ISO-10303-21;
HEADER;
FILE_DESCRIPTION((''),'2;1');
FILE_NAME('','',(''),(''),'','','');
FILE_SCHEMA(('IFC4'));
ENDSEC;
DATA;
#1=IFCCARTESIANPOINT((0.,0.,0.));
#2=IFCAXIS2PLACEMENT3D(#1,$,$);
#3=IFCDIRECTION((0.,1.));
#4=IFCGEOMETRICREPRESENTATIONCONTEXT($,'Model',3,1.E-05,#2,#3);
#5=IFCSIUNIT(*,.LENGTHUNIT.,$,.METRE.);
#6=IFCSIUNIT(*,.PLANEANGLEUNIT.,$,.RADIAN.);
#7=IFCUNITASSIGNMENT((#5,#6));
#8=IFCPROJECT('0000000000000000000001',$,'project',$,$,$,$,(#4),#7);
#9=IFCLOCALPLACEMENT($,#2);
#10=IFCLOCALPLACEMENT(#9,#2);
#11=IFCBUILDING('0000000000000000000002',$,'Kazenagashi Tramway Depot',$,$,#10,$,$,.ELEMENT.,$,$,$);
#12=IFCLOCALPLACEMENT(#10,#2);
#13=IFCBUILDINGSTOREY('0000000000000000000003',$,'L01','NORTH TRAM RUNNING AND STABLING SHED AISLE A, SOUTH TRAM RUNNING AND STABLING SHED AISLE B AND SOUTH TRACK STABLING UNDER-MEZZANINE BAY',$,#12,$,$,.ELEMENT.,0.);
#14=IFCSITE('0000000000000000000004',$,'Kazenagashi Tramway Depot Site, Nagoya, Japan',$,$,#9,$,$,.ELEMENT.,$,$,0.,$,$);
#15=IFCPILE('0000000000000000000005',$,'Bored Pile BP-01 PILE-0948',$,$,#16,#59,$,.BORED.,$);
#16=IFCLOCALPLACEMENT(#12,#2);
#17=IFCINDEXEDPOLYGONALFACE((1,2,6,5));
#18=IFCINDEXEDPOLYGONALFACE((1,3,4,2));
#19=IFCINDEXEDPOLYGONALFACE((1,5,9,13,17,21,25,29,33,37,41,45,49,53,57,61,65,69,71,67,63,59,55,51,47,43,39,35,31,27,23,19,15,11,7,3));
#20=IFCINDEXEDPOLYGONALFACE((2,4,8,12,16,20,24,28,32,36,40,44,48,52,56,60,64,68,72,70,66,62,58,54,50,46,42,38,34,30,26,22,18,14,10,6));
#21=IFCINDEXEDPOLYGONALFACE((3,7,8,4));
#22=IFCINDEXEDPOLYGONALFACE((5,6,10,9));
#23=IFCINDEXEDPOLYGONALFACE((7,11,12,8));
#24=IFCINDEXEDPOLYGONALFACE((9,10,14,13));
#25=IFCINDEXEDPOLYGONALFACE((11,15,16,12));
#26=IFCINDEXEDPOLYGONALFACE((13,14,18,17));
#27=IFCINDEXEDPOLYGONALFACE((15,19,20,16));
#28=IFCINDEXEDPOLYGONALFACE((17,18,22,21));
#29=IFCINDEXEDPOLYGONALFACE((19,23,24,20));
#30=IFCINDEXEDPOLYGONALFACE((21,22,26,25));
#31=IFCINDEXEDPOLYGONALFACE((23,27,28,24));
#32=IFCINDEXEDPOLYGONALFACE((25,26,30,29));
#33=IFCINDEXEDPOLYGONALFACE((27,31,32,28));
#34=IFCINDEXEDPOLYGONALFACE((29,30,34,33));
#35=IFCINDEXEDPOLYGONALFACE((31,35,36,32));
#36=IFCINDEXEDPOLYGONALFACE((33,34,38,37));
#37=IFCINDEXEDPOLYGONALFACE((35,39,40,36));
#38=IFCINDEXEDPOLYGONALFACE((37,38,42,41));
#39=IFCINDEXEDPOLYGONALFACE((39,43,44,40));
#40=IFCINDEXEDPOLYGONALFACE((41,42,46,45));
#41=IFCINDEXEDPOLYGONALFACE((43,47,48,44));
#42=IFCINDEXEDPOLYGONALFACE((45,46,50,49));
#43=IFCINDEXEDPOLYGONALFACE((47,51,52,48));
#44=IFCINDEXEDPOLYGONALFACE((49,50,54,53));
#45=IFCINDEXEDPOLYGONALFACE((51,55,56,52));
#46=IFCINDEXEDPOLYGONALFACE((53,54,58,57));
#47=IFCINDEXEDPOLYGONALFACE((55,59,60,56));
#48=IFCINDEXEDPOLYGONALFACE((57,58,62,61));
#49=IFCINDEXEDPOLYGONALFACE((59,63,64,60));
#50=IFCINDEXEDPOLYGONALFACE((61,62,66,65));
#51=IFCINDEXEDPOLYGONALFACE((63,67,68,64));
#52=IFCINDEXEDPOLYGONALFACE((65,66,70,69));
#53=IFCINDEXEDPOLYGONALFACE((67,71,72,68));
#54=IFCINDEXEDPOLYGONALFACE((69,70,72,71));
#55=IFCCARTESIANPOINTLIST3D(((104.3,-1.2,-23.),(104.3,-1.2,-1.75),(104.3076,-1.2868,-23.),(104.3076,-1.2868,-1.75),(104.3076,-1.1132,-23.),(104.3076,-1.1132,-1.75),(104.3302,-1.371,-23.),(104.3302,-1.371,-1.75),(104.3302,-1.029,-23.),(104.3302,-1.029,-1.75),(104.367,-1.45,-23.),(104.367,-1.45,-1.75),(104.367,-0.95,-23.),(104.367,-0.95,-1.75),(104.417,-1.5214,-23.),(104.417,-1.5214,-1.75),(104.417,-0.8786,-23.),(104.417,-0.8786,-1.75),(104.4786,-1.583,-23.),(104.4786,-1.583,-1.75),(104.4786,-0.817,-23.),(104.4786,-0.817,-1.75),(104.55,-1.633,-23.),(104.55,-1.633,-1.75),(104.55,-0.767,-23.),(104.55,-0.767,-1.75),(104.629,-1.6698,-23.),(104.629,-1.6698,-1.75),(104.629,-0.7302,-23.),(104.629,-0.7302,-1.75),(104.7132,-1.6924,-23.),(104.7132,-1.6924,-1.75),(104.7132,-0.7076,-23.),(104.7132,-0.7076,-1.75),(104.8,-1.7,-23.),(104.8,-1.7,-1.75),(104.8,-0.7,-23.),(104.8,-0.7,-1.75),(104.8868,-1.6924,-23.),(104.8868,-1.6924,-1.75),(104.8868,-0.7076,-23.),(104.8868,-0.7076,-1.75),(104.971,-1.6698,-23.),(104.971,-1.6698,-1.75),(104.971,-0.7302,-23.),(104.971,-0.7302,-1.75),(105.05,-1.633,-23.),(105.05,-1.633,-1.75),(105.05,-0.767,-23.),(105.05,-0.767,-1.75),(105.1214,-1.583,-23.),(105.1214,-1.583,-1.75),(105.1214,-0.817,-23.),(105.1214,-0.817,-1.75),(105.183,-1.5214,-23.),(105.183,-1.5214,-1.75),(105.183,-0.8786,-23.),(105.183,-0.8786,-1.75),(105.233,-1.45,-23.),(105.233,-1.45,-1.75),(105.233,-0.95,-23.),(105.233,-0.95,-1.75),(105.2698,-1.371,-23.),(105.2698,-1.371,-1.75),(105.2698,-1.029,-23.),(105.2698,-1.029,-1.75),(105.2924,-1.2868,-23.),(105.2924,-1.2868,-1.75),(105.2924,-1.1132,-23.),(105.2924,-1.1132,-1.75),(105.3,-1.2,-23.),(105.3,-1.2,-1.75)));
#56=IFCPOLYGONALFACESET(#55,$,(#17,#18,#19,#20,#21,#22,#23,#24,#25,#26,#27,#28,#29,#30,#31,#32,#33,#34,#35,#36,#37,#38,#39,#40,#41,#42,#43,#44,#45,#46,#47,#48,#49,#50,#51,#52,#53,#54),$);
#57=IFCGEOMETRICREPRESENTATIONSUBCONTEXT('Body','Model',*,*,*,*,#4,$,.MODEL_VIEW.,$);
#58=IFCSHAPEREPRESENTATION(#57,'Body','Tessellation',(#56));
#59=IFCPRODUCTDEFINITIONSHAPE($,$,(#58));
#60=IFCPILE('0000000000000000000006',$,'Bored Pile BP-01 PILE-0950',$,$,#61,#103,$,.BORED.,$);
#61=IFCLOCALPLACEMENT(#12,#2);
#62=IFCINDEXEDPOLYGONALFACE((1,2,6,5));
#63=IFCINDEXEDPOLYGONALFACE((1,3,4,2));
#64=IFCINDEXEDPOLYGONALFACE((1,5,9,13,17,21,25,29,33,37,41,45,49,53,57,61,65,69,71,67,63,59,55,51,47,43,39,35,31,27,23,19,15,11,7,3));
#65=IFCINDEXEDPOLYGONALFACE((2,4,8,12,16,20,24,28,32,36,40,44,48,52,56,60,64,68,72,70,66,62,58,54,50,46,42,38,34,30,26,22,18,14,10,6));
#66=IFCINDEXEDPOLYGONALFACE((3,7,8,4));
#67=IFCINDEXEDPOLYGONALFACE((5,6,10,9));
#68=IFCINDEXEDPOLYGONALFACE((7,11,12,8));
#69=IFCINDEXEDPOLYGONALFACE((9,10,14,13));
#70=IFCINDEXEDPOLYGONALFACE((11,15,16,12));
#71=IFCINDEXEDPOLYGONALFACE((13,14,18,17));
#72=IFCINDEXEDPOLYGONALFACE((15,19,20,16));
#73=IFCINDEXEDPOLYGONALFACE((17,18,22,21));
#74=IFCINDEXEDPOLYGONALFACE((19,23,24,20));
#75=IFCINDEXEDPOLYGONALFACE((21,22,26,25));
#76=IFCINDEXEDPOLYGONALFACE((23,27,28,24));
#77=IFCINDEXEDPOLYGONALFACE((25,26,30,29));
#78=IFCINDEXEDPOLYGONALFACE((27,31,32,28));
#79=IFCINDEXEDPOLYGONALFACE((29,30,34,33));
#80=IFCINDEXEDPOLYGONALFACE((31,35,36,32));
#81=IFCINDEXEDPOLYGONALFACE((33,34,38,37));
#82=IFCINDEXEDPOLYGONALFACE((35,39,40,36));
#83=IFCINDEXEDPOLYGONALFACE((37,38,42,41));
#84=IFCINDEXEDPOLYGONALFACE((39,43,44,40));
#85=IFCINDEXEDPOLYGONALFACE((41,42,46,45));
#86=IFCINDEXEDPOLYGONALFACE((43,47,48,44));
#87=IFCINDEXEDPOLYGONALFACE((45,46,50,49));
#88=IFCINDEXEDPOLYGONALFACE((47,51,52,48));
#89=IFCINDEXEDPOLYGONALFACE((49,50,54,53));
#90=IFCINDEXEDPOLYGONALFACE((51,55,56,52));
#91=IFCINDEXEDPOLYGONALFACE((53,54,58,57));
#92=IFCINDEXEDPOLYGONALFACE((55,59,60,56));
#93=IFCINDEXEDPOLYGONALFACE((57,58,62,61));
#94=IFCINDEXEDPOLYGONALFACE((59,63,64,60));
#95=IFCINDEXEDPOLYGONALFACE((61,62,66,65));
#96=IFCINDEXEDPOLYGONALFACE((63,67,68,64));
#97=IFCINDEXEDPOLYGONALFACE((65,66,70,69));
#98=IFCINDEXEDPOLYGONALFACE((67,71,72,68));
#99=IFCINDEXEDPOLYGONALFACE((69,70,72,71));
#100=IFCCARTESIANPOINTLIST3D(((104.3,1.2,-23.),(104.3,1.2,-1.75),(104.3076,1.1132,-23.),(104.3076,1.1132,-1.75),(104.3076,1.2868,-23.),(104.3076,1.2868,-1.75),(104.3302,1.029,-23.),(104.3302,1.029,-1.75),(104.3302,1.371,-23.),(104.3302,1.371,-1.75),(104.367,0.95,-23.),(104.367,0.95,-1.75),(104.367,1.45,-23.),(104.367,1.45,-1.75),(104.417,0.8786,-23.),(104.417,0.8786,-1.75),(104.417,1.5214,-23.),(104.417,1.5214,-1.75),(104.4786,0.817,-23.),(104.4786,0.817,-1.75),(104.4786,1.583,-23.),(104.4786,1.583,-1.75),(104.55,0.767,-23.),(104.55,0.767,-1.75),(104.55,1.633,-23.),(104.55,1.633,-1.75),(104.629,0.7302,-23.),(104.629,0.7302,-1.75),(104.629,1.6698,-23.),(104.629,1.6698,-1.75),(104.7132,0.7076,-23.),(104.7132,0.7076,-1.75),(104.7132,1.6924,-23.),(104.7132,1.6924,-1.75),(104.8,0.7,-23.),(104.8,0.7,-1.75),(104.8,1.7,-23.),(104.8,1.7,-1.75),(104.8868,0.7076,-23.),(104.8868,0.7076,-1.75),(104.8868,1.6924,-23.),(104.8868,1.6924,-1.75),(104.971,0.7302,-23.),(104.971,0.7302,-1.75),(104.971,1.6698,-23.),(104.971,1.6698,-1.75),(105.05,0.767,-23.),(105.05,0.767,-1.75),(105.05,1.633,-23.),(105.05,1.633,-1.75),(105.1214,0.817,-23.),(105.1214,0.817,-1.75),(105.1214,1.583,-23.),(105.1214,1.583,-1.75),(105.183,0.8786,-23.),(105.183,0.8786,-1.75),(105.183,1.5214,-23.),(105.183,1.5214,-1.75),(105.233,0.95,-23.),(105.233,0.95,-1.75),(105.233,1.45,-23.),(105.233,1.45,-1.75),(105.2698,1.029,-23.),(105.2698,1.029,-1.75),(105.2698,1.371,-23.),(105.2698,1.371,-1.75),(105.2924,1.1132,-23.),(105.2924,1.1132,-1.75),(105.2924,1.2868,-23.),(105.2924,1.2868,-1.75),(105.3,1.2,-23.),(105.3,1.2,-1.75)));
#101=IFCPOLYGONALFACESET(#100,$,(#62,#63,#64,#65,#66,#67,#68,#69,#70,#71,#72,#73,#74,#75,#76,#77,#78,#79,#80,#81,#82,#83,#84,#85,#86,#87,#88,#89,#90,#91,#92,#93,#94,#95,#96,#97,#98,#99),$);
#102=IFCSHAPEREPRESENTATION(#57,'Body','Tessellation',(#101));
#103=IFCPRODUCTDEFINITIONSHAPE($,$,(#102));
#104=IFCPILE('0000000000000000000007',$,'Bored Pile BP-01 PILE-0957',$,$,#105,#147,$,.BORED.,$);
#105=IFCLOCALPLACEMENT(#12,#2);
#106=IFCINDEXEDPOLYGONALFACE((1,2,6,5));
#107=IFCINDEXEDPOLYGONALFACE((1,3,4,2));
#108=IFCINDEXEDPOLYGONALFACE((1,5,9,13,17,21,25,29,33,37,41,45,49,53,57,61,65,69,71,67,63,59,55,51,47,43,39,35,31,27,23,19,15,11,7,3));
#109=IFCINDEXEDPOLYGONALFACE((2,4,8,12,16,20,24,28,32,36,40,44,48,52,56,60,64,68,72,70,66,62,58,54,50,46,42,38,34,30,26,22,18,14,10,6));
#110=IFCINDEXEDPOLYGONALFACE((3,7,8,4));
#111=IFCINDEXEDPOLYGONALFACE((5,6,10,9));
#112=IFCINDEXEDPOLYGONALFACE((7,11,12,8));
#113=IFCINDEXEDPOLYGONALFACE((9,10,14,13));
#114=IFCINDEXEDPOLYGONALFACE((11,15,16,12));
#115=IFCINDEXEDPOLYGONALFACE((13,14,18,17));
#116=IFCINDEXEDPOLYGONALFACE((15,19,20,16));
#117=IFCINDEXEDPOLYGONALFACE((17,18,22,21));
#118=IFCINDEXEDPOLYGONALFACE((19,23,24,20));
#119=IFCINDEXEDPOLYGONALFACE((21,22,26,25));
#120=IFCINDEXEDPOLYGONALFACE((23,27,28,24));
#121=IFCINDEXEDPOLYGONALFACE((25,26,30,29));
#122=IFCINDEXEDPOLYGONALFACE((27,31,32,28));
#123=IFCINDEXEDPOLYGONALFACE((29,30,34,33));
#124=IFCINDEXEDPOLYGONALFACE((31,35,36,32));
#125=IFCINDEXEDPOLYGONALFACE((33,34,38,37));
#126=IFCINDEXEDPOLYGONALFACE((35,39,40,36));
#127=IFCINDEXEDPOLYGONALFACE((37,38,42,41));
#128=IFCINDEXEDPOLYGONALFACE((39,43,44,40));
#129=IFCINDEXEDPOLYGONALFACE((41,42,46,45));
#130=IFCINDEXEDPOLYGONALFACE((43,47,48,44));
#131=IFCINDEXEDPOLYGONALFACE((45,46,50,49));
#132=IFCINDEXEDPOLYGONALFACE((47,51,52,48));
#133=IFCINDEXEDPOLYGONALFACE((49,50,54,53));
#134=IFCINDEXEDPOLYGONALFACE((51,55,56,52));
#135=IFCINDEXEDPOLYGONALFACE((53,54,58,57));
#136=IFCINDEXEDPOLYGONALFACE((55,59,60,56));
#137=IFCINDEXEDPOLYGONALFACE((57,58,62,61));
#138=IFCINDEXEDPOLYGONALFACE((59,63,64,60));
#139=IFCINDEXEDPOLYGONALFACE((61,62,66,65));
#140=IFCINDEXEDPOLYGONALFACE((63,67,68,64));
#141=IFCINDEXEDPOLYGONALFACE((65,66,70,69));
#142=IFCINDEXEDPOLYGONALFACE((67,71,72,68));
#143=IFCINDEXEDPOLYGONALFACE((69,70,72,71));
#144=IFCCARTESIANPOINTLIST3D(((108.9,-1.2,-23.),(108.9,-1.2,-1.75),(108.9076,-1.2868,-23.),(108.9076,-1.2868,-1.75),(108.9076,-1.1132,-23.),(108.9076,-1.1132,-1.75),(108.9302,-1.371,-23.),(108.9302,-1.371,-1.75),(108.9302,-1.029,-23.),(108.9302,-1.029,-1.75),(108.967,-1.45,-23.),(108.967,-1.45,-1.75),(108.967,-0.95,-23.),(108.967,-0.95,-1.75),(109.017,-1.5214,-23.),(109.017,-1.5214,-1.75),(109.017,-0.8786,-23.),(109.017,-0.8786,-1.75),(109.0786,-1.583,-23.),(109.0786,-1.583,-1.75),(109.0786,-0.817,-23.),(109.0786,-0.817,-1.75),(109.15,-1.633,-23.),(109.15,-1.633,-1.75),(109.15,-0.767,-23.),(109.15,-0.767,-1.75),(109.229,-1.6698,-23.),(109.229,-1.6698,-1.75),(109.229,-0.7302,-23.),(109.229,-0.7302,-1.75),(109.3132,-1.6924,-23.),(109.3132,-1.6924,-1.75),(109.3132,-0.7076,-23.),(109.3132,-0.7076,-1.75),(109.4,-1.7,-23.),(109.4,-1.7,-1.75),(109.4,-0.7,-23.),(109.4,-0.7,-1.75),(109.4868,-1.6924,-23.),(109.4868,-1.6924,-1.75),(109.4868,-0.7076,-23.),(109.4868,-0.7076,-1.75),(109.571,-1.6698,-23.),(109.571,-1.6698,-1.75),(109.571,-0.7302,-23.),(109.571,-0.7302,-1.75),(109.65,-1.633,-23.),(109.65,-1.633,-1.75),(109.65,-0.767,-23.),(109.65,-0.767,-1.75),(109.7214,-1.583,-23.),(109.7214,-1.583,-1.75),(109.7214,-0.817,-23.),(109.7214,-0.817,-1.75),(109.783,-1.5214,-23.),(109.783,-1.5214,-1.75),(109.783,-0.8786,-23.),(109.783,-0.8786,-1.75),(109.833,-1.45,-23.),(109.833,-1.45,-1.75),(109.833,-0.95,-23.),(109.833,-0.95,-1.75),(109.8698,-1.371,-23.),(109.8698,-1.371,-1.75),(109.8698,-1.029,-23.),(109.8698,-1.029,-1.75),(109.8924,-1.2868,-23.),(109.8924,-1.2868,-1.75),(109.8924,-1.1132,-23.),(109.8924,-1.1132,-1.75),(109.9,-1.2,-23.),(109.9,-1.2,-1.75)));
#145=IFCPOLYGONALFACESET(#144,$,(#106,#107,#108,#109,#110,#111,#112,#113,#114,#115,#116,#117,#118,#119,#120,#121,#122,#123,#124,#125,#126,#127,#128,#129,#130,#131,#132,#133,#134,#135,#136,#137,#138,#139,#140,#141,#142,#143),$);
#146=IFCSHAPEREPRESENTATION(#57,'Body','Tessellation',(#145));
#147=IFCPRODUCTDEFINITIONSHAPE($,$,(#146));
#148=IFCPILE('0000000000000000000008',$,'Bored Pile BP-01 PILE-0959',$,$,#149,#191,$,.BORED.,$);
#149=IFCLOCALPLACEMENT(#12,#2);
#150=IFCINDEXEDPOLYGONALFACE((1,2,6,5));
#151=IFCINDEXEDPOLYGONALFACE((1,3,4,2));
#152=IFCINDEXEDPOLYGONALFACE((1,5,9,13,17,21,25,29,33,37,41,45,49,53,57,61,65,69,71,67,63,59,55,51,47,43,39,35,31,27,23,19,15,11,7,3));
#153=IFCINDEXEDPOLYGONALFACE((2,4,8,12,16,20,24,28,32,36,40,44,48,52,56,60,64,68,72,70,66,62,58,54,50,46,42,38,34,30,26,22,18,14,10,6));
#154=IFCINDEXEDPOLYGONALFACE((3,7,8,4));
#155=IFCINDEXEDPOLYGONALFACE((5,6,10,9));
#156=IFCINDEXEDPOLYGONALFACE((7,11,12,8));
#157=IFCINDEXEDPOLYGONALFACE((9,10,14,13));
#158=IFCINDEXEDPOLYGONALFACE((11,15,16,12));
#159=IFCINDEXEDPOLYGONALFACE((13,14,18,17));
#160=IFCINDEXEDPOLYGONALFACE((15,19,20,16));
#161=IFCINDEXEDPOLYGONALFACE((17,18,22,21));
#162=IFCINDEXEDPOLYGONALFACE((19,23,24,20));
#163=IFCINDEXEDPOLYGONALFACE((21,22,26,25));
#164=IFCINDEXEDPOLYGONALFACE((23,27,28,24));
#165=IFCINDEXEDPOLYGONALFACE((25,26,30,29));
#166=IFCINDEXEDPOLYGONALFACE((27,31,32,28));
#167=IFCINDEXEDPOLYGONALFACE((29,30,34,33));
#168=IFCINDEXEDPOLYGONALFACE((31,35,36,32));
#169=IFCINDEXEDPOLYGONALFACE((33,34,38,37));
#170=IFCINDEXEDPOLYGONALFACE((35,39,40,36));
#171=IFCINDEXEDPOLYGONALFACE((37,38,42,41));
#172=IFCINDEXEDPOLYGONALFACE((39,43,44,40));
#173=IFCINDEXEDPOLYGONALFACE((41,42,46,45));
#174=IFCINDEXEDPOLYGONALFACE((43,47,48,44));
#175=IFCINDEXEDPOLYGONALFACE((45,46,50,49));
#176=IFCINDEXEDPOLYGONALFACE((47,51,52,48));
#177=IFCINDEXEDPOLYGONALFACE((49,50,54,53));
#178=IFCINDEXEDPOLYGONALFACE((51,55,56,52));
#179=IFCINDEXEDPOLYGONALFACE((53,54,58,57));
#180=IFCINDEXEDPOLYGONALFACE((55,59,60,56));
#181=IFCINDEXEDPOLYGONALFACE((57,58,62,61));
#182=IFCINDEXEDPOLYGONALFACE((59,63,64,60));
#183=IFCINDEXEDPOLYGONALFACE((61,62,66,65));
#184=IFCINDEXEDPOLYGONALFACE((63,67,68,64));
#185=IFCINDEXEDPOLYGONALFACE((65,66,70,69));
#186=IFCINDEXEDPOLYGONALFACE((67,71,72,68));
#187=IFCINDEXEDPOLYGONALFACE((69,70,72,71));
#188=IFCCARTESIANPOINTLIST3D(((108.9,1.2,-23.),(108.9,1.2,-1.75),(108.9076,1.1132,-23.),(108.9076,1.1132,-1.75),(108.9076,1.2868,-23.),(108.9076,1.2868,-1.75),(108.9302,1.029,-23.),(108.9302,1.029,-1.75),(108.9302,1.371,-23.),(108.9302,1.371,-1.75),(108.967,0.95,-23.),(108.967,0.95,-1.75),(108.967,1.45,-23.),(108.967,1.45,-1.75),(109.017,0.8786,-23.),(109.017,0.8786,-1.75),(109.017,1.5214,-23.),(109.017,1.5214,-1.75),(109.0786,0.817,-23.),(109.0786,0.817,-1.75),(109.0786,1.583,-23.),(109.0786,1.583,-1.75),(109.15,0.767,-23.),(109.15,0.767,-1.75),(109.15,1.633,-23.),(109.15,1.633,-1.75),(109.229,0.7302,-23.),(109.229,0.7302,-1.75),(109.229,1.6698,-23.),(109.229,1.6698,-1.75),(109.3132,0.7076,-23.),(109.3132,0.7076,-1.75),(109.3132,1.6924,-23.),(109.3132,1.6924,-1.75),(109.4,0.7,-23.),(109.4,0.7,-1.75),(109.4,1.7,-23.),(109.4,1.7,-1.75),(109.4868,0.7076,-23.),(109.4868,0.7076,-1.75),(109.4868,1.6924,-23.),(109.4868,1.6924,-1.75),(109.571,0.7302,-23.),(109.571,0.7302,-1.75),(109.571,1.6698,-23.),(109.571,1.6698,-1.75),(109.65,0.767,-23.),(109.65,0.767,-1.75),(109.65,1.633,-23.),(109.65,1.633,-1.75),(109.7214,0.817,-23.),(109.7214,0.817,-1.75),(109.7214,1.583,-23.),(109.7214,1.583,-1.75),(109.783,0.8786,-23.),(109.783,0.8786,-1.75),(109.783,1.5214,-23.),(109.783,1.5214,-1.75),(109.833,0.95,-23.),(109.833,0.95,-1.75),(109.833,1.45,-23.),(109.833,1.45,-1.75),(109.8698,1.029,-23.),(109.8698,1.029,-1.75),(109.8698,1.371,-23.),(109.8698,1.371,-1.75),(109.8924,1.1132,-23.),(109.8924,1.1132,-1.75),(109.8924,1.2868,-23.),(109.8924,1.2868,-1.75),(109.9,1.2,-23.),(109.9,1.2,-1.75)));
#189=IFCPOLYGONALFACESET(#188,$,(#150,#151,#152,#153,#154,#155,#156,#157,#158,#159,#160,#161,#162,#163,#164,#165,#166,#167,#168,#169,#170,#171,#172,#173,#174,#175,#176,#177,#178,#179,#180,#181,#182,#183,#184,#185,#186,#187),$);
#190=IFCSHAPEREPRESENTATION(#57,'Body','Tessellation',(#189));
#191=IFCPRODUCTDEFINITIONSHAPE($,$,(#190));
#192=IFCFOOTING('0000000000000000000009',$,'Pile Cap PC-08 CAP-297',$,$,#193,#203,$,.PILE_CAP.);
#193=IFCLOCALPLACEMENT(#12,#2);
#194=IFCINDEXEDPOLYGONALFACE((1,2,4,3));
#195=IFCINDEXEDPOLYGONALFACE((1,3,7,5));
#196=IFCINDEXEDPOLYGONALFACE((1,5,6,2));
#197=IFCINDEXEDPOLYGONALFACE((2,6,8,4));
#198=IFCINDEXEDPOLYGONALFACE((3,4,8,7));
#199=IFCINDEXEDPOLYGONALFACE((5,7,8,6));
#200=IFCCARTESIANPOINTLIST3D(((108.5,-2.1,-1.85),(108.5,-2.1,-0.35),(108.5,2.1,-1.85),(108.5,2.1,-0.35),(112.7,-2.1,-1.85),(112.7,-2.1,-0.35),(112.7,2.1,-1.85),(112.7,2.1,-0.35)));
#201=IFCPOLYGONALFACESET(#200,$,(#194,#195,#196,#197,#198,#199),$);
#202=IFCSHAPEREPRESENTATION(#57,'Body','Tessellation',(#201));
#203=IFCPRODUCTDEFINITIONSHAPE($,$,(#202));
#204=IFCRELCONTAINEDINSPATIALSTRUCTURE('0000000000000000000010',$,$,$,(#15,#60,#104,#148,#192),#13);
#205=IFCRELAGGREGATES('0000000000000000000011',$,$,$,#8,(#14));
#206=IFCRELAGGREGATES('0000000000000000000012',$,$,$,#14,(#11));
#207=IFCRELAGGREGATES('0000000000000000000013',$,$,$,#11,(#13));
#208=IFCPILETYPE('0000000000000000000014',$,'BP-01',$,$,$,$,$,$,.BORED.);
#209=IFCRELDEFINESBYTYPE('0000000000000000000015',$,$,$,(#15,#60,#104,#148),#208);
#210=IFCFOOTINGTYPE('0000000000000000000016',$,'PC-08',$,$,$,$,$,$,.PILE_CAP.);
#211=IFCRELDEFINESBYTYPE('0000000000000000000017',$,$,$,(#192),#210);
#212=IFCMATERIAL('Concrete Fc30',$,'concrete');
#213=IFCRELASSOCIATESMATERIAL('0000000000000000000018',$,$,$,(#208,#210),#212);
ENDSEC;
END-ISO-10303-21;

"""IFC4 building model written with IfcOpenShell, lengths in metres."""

from ifc_helpers import new_model, si_unit, direction, frame, origin, origin_2d, place, context, subcontext, project, spatial, rectangle, circle, extrude, material, material_profile, profile_set, type_object, element, save


model = new_model("IFC4")

# Units and contexts
model_context = context("Model", 3, precision=1e-05, world=origin(), true_north=direction((0.0, 1.0)))
body_context = subcontext(model_context, "Body", "Model", "MODEL_VIEW")
ifc_project = project(units=[si_unit("LENGTHUNIT", "METRE"), si_unit("PLANEANGLEUNIT", "RADIAN")], contexts=[model_context])

# Site, building, storey
site_placement = place(None, origin())
site = spatial("IfcSite", under=ifc_project, at=site_placement, Name="Kazenagashi Tramway Depot Site, Nagoya, Japan", CompositionType="ELEMENT", RefElevation=0.0)
building_placement = place(site_placement, origin())
building = spatial("IfcBuilding", under=site, at=building_placement, Name="Kazenagashi Tramway Depot", CompositionType="ELEMENT")
storey_placement = place(building_placement, origin())
storey = spatial("IfcBuildingStorey", under=building, at=storey_placement, Name="L01", Description="NORTH TRAM RUNNING AND STABLING SHED AISLE A, SOUTH TRAM RUNNING AND STABLING SHED AISLE B AND SOUTH TRACK STABLING UNDER-MEZZANINE BAY", CompositionType="ELEMENT", Elevation=0.0)

# Piles
ifc_material_1 = material(Name="Concrete Fc30", Category="concrete")
ifc_material_profile_1 = material_profile(ifc_material_1, circle(Radius=0.5, at=origin_2d()), Name="PILE-1000")
ifc_profile_set_1 = profile_set([ifc_material_profile_1], Name="Concrete Fc30")
pile_type = type_object("IfcPileType", Name="BP-01", PredefinedType="BORED", material=ifc_profile_set_1)
for number, where, z_axis, x_axis, name in (
    (1, (104.8, -1.2, -1.75), (0.0, 0.0, -1.0), (1.0, 0.0, 0.0), "Bored Pile BP-01 PILE-0948"),
    (2, (104.8, 1.2, -1.75), (0.0, 0.0, -1.0), (1.0, 0.0, 0.0), "Bored Pile BP-01 PILE-0950"),
    (3, (109.4, -1.2, -1.75), (0.0, 0.0, -1.0), (1.0, 0.0, 0.0), "Bored Pile BP-01 PILE-0957"),
    (4, (109.4, 1.2, -1.75), (0.0, 0.0, -1.0), (1.0, 0.0, 0.0), "Bored Pile BP-01 PILE-0959"),
):
    element("IfcPile", number, at=place(storey_placement, frame(where, z_axis=z_axis, x_axis=x_axis)), inside=storey, type_object=pile_type, Name=name, PredefinedType="BORED", context=body_context, shape_type="SweptSolid", body=[
        extrude(circle(Radius=0.5, at=origin_2d()), origin(), (0.0, 0.0, 1.0), 21.25),
    ])

# Footing
footing_type = type_object("IfcFootingType", Name="PC-08", PredefinedType="PILE_CAP", material=ifc_material_1)
footing_placement = place(storey_placement, frame((110.6, 0.0, -1.85), z_axis=(0.0, 0.0, 1.0), x_axis=(1.0, 0.0, 0.0)))
element("IfcFooting", 5, at=footing_placement, inside=storey, type_object=footing_type, Name="Pile Cap PC-08 CAP-297", PredefinedType="PILE_CAP", context=body_context, shape_type="SweptSolid", body=[
    extrude(rectangle(XDim=4.2, YDim=4.2, at=origin_2d()), origin(), (0.0, 0.0, 1.0), 1.5),
])

save(model, "model.ifc")
